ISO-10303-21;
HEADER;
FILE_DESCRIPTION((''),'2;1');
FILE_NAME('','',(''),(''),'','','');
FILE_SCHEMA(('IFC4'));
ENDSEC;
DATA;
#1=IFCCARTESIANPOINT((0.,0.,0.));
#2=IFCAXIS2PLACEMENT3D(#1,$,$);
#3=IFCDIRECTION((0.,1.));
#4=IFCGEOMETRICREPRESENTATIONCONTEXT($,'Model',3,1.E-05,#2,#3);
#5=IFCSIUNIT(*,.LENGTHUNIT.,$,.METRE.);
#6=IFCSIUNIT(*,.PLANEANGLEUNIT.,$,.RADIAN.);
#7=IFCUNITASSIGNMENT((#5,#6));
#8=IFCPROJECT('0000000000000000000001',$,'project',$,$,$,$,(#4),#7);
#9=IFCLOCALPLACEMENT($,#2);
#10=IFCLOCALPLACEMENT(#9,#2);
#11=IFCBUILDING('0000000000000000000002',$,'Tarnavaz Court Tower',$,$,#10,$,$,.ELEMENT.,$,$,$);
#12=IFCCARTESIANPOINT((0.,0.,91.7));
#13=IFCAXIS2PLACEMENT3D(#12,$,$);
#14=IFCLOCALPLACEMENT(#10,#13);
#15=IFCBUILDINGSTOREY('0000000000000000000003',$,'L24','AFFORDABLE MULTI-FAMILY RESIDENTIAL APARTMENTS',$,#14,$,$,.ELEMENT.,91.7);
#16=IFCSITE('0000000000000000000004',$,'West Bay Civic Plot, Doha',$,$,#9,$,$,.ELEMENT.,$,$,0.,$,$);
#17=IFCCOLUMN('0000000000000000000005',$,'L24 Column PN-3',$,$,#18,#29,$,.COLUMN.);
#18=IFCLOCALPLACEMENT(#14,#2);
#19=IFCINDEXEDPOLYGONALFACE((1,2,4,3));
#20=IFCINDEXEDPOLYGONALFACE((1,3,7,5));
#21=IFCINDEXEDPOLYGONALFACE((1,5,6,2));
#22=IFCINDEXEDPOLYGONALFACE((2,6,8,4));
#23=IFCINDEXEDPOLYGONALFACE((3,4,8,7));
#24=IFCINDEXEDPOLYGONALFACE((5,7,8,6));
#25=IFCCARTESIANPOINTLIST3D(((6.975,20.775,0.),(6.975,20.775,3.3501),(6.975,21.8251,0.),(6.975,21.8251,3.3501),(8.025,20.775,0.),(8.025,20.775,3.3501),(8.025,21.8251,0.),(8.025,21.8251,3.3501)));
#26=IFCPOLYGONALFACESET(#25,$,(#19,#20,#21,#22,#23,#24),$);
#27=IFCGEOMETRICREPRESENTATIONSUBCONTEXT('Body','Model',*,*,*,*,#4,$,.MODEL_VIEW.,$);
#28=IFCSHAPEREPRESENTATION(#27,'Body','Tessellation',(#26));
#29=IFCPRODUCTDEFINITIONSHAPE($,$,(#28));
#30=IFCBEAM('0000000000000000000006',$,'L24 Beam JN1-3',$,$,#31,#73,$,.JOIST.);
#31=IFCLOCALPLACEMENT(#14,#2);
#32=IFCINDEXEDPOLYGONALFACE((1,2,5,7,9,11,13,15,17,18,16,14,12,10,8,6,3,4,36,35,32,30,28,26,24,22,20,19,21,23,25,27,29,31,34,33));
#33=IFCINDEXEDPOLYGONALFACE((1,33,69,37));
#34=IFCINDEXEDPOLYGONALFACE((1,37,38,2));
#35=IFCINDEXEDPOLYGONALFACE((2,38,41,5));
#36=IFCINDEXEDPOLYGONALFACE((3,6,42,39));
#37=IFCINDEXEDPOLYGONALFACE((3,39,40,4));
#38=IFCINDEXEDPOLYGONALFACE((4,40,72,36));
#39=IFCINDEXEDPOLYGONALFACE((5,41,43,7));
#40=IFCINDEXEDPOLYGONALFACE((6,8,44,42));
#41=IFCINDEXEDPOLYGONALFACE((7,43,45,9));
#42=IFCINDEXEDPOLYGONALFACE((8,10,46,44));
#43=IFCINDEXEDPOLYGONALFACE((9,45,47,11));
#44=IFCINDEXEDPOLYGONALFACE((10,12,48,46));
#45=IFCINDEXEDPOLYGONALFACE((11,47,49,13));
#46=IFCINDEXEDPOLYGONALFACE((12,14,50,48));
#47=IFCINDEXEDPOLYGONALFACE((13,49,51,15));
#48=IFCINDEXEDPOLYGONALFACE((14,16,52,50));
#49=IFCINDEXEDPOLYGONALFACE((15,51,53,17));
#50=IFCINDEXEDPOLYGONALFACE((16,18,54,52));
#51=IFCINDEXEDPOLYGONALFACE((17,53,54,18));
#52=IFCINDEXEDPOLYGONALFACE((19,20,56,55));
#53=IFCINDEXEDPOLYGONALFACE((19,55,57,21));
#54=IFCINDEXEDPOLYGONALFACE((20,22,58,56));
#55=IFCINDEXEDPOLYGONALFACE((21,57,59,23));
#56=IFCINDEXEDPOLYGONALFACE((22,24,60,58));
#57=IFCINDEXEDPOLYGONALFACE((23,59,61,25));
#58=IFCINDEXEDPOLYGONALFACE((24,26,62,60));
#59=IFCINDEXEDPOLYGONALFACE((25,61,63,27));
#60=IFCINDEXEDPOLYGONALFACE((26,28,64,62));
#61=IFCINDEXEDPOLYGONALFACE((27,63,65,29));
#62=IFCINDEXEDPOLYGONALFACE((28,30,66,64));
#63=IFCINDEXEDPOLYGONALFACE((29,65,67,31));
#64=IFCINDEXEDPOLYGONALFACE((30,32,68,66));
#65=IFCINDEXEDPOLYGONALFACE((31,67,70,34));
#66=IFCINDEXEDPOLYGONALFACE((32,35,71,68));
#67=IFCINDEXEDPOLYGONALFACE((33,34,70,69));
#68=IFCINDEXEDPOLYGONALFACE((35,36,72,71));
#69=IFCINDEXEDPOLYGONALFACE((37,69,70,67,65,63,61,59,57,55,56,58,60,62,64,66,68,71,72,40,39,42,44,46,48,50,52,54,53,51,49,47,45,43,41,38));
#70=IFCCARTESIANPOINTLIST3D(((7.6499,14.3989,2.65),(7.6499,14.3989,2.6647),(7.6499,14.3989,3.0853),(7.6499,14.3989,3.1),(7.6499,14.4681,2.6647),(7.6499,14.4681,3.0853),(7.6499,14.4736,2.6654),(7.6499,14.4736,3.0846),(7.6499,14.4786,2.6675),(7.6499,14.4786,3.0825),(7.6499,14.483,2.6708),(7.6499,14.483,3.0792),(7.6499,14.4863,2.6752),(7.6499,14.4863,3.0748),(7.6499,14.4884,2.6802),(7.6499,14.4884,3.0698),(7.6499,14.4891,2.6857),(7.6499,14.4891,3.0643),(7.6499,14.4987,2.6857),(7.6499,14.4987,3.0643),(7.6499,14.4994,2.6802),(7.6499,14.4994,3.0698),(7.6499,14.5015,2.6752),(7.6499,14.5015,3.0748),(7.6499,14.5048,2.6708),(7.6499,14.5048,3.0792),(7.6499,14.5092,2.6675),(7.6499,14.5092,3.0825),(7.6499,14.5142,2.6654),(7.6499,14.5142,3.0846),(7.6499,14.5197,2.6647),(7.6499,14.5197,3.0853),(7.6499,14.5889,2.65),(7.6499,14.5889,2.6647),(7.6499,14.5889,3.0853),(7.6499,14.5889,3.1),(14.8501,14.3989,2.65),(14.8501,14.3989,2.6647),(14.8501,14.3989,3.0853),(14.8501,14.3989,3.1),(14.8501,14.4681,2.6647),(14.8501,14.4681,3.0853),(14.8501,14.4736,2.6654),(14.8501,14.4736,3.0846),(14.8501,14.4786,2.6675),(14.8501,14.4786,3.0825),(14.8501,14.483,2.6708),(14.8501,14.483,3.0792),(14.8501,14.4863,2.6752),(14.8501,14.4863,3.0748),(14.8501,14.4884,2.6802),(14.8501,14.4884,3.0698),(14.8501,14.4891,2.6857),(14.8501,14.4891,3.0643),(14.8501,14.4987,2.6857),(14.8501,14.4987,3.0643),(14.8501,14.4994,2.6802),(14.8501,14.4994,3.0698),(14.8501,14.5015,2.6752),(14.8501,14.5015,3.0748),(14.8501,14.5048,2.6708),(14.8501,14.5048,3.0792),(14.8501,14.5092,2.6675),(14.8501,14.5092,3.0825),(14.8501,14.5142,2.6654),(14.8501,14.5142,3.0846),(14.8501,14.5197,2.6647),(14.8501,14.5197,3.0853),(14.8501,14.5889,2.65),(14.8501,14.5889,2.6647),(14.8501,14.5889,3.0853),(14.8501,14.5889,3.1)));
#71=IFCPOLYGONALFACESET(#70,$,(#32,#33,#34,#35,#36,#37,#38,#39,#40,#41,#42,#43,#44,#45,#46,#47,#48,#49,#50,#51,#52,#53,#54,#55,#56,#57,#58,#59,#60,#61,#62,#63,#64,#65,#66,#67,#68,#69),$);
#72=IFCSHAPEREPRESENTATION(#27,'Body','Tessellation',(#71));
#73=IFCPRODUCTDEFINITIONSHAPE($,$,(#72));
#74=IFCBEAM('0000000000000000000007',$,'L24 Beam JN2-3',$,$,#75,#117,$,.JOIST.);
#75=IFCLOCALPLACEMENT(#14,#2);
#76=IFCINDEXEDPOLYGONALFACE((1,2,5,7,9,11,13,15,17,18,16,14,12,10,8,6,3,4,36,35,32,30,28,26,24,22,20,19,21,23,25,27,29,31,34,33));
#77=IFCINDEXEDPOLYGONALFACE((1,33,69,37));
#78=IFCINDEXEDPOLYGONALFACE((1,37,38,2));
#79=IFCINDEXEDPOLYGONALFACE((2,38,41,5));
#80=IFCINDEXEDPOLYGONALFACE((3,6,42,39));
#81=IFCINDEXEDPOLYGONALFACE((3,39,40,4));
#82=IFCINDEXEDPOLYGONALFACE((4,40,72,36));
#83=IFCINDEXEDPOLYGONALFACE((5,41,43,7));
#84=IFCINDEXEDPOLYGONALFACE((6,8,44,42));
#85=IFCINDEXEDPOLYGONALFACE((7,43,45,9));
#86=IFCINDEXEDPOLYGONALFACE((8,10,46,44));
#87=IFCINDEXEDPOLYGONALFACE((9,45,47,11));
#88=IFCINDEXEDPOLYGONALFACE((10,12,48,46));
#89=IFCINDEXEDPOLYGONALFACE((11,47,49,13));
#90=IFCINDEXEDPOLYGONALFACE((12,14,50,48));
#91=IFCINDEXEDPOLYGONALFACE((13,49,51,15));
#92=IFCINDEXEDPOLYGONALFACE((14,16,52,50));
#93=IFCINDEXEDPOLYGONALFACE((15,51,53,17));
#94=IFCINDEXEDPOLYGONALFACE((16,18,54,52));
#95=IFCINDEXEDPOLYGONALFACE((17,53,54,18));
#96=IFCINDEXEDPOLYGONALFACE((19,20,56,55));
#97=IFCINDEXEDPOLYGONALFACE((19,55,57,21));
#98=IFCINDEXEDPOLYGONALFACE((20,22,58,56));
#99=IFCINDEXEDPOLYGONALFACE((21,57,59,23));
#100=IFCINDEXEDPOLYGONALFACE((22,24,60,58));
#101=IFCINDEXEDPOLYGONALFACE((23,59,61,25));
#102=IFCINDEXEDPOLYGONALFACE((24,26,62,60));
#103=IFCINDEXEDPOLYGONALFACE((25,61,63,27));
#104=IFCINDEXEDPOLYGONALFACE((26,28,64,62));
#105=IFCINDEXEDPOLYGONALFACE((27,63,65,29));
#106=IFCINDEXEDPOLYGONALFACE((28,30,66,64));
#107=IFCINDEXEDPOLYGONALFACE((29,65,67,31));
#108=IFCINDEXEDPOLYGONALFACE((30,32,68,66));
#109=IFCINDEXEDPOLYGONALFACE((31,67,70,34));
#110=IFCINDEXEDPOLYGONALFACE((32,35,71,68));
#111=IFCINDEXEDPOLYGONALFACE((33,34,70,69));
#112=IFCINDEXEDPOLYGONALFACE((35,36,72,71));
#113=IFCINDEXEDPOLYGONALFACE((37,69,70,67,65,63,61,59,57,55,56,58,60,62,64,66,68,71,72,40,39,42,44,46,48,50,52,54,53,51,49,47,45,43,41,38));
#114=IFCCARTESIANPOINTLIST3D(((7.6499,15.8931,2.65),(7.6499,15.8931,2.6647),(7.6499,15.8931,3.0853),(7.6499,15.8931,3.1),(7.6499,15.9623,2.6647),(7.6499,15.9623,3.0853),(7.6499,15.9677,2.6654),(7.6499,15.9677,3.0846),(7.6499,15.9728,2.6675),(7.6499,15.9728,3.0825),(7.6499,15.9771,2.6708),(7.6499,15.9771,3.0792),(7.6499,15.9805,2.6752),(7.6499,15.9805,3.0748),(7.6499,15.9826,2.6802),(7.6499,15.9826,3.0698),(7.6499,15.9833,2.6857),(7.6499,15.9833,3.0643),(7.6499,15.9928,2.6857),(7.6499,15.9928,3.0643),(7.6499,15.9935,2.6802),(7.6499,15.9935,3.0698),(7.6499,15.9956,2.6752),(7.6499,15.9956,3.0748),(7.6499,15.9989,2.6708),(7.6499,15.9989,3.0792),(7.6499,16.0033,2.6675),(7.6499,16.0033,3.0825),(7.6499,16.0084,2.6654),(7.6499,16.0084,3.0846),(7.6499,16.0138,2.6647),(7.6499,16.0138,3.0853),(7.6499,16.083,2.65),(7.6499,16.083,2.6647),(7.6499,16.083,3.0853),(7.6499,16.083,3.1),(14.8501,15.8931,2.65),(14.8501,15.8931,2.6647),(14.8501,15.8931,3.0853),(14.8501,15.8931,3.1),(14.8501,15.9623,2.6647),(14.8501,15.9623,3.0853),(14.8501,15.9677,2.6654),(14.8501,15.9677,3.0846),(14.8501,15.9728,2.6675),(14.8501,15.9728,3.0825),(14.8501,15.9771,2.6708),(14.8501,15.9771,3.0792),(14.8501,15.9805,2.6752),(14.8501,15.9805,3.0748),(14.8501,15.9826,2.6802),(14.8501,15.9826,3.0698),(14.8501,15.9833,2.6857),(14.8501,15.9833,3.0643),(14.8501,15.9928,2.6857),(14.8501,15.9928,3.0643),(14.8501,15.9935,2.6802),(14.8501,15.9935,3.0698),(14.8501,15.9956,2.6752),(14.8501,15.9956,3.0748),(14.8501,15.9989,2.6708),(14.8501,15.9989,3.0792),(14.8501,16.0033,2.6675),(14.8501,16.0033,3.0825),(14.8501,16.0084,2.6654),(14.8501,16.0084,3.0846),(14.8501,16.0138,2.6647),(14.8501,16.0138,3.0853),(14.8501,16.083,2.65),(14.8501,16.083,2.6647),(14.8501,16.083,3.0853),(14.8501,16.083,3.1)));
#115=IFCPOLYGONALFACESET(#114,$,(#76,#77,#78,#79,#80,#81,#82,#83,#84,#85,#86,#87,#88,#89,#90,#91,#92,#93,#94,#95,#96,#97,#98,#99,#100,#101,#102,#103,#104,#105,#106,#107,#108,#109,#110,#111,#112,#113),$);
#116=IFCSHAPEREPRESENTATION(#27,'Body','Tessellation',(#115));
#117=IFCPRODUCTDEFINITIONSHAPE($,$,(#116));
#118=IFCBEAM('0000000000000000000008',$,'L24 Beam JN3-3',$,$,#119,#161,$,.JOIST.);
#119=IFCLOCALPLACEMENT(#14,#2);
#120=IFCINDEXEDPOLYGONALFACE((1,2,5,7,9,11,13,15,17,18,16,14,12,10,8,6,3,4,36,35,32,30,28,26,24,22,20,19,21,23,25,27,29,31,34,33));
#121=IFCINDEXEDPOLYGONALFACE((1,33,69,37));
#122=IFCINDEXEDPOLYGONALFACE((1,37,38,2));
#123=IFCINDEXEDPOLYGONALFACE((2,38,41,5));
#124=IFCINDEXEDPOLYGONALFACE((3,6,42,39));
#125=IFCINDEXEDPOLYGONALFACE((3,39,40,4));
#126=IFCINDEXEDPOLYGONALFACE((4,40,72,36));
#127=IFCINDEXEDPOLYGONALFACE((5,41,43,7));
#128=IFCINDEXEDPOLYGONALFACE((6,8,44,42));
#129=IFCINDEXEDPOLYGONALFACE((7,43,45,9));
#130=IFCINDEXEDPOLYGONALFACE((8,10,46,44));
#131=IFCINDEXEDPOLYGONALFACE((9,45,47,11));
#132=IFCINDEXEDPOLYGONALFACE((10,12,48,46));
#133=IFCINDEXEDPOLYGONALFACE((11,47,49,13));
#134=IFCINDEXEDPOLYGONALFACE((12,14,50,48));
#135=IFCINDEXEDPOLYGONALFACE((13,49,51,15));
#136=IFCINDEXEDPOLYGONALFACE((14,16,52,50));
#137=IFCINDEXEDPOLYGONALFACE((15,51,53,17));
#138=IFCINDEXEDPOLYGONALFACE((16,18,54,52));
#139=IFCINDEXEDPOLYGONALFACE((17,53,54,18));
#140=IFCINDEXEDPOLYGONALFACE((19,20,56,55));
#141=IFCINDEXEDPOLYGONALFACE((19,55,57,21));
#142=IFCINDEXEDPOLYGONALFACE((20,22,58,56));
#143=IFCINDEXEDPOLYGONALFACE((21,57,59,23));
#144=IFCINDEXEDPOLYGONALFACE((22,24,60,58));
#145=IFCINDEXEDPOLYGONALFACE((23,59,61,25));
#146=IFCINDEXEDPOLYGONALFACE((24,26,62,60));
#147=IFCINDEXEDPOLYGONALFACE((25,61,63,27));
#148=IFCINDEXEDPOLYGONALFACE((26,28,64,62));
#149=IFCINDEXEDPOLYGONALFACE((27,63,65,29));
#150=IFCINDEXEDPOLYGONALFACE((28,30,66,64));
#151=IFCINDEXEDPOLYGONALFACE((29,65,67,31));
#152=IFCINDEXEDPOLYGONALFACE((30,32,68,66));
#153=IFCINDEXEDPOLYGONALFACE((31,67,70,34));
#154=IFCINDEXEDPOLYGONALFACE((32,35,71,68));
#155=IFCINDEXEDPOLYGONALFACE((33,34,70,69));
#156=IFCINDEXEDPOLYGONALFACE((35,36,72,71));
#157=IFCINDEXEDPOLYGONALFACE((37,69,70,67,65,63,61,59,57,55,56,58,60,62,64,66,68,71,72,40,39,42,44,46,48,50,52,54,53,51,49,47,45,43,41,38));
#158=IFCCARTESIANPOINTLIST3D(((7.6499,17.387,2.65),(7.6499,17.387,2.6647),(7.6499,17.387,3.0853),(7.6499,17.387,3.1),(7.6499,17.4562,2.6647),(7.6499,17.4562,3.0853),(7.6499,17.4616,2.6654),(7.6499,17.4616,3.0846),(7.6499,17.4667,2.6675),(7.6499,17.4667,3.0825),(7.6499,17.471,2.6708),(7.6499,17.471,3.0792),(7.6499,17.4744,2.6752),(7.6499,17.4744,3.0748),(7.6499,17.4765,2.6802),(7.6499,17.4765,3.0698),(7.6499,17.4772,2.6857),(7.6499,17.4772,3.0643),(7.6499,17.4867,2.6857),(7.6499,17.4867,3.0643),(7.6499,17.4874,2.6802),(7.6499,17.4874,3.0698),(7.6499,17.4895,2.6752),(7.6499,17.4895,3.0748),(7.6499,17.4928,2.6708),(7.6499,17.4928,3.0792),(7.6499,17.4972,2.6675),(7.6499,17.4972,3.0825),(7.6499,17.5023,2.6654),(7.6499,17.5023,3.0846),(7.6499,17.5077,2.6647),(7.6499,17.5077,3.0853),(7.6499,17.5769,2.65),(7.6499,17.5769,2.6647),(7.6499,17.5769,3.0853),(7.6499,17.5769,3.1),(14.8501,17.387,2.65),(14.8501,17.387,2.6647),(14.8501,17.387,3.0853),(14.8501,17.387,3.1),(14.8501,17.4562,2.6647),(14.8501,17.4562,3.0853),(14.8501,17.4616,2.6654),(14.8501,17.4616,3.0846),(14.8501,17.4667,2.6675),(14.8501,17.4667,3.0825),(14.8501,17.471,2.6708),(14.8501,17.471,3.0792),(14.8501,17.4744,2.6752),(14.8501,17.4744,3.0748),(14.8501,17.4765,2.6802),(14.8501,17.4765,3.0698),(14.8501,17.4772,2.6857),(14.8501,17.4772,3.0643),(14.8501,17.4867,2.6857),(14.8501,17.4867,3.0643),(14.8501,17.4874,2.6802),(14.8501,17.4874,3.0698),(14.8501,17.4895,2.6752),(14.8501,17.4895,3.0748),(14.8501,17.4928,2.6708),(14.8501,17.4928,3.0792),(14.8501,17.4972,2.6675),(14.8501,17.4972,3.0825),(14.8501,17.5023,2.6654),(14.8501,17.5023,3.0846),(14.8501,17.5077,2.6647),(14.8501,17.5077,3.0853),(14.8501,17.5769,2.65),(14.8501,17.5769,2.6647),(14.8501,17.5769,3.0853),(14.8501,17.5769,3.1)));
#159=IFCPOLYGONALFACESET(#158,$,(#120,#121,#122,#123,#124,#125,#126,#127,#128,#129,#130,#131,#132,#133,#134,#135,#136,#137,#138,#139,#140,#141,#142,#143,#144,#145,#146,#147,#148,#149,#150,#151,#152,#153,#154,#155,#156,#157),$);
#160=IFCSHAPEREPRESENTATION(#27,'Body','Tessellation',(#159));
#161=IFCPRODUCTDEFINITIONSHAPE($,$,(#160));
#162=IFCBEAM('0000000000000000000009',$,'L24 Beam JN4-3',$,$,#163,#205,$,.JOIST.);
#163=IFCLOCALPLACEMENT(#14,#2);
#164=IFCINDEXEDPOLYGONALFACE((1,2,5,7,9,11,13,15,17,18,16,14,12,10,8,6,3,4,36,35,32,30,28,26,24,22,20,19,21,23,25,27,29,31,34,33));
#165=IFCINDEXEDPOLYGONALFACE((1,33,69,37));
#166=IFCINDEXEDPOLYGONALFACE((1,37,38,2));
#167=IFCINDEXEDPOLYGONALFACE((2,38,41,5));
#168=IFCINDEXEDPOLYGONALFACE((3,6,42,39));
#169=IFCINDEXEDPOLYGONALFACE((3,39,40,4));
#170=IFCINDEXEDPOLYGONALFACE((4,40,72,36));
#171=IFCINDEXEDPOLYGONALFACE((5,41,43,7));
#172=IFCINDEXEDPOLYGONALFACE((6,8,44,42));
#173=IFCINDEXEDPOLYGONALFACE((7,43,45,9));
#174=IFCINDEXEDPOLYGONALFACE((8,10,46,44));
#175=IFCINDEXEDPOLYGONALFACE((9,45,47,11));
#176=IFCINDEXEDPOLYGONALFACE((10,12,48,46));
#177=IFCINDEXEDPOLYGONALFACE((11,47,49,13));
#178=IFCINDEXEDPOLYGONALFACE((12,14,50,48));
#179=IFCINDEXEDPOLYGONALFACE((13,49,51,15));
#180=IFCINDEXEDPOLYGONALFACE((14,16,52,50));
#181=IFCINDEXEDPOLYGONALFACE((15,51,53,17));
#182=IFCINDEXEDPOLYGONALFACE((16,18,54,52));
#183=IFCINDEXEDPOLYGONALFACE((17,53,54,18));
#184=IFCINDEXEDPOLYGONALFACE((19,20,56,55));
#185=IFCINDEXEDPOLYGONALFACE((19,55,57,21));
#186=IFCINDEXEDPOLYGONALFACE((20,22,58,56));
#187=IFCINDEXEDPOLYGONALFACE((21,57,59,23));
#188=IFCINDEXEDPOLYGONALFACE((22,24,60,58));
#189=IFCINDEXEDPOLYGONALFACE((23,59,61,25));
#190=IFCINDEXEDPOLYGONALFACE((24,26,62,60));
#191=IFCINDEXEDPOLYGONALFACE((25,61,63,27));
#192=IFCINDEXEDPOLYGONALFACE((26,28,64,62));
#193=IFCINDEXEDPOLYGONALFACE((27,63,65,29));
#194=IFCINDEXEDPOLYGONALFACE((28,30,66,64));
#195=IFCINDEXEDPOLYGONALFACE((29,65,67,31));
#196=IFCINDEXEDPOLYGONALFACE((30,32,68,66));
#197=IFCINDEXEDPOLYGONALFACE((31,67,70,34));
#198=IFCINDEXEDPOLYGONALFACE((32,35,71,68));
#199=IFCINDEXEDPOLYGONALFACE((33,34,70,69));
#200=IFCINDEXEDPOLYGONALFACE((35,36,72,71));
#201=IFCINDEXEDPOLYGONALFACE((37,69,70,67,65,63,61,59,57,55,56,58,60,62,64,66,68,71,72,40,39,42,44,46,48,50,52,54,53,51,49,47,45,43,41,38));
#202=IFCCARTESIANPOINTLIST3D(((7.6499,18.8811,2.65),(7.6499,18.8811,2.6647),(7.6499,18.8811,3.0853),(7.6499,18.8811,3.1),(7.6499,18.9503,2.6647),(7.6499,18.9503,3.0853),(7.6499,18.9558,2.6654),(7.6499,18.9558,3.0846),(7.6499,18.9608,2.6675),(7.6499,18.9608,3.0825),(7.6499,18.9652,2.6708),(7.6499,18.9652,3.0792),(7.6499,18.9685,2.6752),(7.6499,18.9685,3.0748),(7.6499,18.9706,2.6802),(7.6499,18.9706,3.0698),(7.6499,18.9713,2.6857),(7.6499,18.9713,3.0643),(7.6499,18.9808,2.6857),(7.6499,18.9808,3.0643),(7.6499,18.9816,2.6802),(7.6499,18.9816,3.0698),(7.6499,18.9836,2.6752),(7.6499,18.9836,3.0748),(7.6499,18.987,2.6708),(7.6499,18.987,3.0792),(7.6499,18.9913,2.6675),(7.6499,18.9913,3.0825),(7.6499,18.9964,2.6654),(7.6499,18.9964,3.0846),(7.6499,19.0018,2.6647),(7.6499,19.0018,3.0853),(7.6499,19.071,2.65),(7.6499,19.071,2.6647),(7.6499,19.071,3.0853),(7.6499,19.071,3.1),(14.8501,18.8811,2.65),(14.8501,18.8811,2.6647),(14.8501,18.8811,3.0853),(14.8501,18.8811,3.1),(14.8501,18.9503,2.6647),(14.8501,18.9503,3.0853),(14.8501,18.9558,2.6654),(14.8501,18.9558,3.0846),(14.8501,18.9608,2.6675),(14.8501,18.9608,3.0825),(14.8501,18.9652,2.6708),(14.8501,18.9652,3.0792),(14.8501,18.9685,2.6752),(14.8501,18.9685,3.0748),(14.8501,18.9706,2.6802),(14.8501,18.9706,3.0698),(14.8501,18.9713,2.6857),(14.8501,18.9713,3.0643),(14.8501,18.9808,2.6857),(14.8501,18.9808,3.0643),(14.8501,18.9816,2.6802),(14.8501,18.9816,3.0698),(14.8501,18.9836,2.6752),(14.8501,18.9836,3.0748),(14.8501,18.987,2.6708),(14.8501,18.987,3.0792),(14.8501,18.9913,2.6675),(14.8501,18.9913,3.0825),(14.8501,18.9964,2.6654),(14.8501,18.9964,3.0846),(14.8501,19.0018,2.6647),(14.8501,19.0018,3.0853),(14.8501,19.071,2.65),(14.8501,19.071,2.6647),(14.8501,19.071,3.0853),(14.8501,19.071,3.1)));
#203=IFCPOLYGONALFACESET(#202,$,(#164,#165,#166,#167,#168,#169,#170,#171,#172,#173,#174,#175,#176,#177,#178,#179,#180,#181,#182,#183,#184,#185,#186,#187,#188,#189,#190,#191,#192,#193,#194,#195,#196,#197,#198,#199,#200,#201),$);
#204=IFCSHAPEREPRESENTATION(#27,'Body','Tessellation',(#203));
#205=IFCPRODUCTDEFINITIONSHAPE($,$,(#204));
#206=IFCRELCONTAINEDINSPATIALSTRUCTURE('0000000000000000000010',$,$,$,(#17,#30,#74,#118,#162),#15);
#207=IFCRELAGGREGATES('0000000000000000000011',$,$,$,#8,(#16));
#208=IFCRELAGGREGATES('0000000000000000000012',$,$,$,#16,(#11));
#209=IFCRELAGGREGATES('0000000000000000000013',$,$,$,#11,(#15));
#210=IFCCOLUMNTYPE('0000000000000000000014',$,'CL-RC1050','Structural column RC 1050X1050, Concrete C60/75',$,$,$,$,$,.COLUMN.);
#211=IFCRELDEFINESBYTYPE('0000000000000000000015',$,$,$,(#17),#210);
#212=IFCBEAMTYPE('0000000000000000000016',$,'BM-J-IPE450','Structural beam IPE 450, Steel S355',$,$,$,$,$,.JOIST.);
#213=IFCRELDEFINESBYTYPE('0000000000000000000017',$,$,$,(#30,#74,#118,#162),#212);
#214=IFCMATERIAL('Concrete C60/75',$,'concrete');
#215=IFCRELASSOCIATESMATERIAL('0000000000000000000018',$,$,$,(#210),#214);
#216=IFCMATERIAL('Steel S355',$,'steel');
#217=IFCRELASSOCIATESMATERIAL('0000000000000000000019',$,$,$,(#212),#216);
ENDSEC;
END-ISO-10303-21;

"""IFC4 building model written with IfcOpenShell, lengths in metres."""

from ifc_helpers import new_model, si_unit, direction, frame, origin, origin_2d, place, context, subcontext, project, spatial, rectangle, i_section, extrude, material, material_profile, profile_set, type_object, element, save


model = new_model("IFC4")

# Units and contexts
model_context = context("Model", 3, precision=1e-05, world=origin(), true_north=direction((0.0, 1.0)))
body_context = subcontext(model_context, "Body", "Model", "MODEL_VIEW")
ifc_project = project(units=[si_unit("LENGTHUNIT", "METRE"), si_unit("PLANEANGLEUNIT", "RADIAN")], contexts=[model_context])

# Site, building, storey
site_placement = place(None, origin())
site = spatial("IfcSite", under=ifc_project, at=site_placement, Name="West Bay Civic Plot, Doha", CompositionType="ELEMENT", RefElevation=0.0)
building_placement = place(site_placement, origin())
building = spatial("IfcBuilding", under=site, at=building_placement, Name="Tarnavaz Court Tower", CompositionType="ELEMENT")
storey_placement = place(building_placement, frame((0.0, 0.0, 91.7)))
storey = spatial("IfcBuildingStorey", under=building, at=storey_placement, Name="L24", Description="AFFORDABLE MULTI-FAMILY RESIDENTIAL APARTMENTS", CompositionType="ELEMENT", Elevation=91.7)

# Column
ifc_material_1 = material(Name="Concrete C60/75", Category="concrete")
ifc_material_profile_1 = material_profile(ifc_material_1, rectangle(XDim=1.05, YDim=1.05, at=origin_2d()), Name="RC 1050X1050")
ifc_profile_set_1 = profile_set([ifc_material_profile_1], Name="Concrete C60/75")
column_type = type_object("IfcColumnType", Name="CL-RC1050", Description="Structural column RC 1050X1050, Concrete C60/75", PredefinedType="COLUMN", material=ifc_profile_set_1)
column_placement = place(storey_placement, frame((7.5, 21.3, 0.0), z_axis=(0.0, 0.0, 1.0), x_axis=(1.0, 0.0, 0.0)))
element("IfcColumn", 1, at=column_placement, inside=storey, type_object=column_type, Name="L24 Column PN-3", PredefinedType="COLUMN", context=body_context, shape_type="SweptSolid", body=[
    extrude(rectangle(XDim=1.05, YDim=1.05, at=origin_2d()), origin(), (0.0, 0.0, 1.0), 3.3501),
])

# Beams
ifc_material_2 = material(Name="Steel S355", Category="steel")
ifc_material_profile_2 = material_profile(ifc_material_2, i_section(OverallWidth=0.1899, OverallDepth=0.45, WebThickness=0.0095, FlangeThickness=0.0146, FilletRadius=0.021, at=origin_2d()), Name="IPE 450")
ifc_profile_set_2 = profile_set([ifc_material_profile_2], Name="Steel S355")
beam_type_1 = type_object("IfcBeamType", Name="BM-J-IPE450", Description="Structural beam IPE 450, Steel S355", PredefinedType="JOIST", material=ifc_profile_set_2)
for number, where, z_axis, x_axis, name in (
    (2, (7.6499, 14.4939, 2.875), (1.0, 0.0, 0.0), (0.0, 1.0, 0.0), "L24 Beam JN1-3"),
    (3, (7.6499, 15.988, 2.875), (1.0, 0.0, 0.0), (0.0, 1.0, 0.0), "L24 Beam JN2-3"),
    (4, (7.6499, 17.4819, 2.875), (1.0, 0.0, 0.0), (0.0, 1.0, 0.0), "L24 Beam JN3-3"),
    (5, (7.6499, 18.9761, 2.875), (1.0, 0.0, 0.0), (0.0, 1.0, 0.0), "L24 Beam JN4-3"),
):
    element("IfcBeam", number, at=place(storey_placement, frame(where, z_axis=z_axis, x_axis=x_axis)), inside=storey, type_object=beam_type_1, Name=name, PredefinedType="JOIST", context=body_context, shape_type="SweptSolid", body=[
        extrude(i_section(OverallWidth=0.1899, OverallDepth=0.45, WebThickness=0.0095, FlangeThickness=0.0146, FilletRadius=0.021, at=origin_2d()), origin(), (0.0, 0.0, 1.0), 7.2002),
    ])

save(model, "model.ifc")
